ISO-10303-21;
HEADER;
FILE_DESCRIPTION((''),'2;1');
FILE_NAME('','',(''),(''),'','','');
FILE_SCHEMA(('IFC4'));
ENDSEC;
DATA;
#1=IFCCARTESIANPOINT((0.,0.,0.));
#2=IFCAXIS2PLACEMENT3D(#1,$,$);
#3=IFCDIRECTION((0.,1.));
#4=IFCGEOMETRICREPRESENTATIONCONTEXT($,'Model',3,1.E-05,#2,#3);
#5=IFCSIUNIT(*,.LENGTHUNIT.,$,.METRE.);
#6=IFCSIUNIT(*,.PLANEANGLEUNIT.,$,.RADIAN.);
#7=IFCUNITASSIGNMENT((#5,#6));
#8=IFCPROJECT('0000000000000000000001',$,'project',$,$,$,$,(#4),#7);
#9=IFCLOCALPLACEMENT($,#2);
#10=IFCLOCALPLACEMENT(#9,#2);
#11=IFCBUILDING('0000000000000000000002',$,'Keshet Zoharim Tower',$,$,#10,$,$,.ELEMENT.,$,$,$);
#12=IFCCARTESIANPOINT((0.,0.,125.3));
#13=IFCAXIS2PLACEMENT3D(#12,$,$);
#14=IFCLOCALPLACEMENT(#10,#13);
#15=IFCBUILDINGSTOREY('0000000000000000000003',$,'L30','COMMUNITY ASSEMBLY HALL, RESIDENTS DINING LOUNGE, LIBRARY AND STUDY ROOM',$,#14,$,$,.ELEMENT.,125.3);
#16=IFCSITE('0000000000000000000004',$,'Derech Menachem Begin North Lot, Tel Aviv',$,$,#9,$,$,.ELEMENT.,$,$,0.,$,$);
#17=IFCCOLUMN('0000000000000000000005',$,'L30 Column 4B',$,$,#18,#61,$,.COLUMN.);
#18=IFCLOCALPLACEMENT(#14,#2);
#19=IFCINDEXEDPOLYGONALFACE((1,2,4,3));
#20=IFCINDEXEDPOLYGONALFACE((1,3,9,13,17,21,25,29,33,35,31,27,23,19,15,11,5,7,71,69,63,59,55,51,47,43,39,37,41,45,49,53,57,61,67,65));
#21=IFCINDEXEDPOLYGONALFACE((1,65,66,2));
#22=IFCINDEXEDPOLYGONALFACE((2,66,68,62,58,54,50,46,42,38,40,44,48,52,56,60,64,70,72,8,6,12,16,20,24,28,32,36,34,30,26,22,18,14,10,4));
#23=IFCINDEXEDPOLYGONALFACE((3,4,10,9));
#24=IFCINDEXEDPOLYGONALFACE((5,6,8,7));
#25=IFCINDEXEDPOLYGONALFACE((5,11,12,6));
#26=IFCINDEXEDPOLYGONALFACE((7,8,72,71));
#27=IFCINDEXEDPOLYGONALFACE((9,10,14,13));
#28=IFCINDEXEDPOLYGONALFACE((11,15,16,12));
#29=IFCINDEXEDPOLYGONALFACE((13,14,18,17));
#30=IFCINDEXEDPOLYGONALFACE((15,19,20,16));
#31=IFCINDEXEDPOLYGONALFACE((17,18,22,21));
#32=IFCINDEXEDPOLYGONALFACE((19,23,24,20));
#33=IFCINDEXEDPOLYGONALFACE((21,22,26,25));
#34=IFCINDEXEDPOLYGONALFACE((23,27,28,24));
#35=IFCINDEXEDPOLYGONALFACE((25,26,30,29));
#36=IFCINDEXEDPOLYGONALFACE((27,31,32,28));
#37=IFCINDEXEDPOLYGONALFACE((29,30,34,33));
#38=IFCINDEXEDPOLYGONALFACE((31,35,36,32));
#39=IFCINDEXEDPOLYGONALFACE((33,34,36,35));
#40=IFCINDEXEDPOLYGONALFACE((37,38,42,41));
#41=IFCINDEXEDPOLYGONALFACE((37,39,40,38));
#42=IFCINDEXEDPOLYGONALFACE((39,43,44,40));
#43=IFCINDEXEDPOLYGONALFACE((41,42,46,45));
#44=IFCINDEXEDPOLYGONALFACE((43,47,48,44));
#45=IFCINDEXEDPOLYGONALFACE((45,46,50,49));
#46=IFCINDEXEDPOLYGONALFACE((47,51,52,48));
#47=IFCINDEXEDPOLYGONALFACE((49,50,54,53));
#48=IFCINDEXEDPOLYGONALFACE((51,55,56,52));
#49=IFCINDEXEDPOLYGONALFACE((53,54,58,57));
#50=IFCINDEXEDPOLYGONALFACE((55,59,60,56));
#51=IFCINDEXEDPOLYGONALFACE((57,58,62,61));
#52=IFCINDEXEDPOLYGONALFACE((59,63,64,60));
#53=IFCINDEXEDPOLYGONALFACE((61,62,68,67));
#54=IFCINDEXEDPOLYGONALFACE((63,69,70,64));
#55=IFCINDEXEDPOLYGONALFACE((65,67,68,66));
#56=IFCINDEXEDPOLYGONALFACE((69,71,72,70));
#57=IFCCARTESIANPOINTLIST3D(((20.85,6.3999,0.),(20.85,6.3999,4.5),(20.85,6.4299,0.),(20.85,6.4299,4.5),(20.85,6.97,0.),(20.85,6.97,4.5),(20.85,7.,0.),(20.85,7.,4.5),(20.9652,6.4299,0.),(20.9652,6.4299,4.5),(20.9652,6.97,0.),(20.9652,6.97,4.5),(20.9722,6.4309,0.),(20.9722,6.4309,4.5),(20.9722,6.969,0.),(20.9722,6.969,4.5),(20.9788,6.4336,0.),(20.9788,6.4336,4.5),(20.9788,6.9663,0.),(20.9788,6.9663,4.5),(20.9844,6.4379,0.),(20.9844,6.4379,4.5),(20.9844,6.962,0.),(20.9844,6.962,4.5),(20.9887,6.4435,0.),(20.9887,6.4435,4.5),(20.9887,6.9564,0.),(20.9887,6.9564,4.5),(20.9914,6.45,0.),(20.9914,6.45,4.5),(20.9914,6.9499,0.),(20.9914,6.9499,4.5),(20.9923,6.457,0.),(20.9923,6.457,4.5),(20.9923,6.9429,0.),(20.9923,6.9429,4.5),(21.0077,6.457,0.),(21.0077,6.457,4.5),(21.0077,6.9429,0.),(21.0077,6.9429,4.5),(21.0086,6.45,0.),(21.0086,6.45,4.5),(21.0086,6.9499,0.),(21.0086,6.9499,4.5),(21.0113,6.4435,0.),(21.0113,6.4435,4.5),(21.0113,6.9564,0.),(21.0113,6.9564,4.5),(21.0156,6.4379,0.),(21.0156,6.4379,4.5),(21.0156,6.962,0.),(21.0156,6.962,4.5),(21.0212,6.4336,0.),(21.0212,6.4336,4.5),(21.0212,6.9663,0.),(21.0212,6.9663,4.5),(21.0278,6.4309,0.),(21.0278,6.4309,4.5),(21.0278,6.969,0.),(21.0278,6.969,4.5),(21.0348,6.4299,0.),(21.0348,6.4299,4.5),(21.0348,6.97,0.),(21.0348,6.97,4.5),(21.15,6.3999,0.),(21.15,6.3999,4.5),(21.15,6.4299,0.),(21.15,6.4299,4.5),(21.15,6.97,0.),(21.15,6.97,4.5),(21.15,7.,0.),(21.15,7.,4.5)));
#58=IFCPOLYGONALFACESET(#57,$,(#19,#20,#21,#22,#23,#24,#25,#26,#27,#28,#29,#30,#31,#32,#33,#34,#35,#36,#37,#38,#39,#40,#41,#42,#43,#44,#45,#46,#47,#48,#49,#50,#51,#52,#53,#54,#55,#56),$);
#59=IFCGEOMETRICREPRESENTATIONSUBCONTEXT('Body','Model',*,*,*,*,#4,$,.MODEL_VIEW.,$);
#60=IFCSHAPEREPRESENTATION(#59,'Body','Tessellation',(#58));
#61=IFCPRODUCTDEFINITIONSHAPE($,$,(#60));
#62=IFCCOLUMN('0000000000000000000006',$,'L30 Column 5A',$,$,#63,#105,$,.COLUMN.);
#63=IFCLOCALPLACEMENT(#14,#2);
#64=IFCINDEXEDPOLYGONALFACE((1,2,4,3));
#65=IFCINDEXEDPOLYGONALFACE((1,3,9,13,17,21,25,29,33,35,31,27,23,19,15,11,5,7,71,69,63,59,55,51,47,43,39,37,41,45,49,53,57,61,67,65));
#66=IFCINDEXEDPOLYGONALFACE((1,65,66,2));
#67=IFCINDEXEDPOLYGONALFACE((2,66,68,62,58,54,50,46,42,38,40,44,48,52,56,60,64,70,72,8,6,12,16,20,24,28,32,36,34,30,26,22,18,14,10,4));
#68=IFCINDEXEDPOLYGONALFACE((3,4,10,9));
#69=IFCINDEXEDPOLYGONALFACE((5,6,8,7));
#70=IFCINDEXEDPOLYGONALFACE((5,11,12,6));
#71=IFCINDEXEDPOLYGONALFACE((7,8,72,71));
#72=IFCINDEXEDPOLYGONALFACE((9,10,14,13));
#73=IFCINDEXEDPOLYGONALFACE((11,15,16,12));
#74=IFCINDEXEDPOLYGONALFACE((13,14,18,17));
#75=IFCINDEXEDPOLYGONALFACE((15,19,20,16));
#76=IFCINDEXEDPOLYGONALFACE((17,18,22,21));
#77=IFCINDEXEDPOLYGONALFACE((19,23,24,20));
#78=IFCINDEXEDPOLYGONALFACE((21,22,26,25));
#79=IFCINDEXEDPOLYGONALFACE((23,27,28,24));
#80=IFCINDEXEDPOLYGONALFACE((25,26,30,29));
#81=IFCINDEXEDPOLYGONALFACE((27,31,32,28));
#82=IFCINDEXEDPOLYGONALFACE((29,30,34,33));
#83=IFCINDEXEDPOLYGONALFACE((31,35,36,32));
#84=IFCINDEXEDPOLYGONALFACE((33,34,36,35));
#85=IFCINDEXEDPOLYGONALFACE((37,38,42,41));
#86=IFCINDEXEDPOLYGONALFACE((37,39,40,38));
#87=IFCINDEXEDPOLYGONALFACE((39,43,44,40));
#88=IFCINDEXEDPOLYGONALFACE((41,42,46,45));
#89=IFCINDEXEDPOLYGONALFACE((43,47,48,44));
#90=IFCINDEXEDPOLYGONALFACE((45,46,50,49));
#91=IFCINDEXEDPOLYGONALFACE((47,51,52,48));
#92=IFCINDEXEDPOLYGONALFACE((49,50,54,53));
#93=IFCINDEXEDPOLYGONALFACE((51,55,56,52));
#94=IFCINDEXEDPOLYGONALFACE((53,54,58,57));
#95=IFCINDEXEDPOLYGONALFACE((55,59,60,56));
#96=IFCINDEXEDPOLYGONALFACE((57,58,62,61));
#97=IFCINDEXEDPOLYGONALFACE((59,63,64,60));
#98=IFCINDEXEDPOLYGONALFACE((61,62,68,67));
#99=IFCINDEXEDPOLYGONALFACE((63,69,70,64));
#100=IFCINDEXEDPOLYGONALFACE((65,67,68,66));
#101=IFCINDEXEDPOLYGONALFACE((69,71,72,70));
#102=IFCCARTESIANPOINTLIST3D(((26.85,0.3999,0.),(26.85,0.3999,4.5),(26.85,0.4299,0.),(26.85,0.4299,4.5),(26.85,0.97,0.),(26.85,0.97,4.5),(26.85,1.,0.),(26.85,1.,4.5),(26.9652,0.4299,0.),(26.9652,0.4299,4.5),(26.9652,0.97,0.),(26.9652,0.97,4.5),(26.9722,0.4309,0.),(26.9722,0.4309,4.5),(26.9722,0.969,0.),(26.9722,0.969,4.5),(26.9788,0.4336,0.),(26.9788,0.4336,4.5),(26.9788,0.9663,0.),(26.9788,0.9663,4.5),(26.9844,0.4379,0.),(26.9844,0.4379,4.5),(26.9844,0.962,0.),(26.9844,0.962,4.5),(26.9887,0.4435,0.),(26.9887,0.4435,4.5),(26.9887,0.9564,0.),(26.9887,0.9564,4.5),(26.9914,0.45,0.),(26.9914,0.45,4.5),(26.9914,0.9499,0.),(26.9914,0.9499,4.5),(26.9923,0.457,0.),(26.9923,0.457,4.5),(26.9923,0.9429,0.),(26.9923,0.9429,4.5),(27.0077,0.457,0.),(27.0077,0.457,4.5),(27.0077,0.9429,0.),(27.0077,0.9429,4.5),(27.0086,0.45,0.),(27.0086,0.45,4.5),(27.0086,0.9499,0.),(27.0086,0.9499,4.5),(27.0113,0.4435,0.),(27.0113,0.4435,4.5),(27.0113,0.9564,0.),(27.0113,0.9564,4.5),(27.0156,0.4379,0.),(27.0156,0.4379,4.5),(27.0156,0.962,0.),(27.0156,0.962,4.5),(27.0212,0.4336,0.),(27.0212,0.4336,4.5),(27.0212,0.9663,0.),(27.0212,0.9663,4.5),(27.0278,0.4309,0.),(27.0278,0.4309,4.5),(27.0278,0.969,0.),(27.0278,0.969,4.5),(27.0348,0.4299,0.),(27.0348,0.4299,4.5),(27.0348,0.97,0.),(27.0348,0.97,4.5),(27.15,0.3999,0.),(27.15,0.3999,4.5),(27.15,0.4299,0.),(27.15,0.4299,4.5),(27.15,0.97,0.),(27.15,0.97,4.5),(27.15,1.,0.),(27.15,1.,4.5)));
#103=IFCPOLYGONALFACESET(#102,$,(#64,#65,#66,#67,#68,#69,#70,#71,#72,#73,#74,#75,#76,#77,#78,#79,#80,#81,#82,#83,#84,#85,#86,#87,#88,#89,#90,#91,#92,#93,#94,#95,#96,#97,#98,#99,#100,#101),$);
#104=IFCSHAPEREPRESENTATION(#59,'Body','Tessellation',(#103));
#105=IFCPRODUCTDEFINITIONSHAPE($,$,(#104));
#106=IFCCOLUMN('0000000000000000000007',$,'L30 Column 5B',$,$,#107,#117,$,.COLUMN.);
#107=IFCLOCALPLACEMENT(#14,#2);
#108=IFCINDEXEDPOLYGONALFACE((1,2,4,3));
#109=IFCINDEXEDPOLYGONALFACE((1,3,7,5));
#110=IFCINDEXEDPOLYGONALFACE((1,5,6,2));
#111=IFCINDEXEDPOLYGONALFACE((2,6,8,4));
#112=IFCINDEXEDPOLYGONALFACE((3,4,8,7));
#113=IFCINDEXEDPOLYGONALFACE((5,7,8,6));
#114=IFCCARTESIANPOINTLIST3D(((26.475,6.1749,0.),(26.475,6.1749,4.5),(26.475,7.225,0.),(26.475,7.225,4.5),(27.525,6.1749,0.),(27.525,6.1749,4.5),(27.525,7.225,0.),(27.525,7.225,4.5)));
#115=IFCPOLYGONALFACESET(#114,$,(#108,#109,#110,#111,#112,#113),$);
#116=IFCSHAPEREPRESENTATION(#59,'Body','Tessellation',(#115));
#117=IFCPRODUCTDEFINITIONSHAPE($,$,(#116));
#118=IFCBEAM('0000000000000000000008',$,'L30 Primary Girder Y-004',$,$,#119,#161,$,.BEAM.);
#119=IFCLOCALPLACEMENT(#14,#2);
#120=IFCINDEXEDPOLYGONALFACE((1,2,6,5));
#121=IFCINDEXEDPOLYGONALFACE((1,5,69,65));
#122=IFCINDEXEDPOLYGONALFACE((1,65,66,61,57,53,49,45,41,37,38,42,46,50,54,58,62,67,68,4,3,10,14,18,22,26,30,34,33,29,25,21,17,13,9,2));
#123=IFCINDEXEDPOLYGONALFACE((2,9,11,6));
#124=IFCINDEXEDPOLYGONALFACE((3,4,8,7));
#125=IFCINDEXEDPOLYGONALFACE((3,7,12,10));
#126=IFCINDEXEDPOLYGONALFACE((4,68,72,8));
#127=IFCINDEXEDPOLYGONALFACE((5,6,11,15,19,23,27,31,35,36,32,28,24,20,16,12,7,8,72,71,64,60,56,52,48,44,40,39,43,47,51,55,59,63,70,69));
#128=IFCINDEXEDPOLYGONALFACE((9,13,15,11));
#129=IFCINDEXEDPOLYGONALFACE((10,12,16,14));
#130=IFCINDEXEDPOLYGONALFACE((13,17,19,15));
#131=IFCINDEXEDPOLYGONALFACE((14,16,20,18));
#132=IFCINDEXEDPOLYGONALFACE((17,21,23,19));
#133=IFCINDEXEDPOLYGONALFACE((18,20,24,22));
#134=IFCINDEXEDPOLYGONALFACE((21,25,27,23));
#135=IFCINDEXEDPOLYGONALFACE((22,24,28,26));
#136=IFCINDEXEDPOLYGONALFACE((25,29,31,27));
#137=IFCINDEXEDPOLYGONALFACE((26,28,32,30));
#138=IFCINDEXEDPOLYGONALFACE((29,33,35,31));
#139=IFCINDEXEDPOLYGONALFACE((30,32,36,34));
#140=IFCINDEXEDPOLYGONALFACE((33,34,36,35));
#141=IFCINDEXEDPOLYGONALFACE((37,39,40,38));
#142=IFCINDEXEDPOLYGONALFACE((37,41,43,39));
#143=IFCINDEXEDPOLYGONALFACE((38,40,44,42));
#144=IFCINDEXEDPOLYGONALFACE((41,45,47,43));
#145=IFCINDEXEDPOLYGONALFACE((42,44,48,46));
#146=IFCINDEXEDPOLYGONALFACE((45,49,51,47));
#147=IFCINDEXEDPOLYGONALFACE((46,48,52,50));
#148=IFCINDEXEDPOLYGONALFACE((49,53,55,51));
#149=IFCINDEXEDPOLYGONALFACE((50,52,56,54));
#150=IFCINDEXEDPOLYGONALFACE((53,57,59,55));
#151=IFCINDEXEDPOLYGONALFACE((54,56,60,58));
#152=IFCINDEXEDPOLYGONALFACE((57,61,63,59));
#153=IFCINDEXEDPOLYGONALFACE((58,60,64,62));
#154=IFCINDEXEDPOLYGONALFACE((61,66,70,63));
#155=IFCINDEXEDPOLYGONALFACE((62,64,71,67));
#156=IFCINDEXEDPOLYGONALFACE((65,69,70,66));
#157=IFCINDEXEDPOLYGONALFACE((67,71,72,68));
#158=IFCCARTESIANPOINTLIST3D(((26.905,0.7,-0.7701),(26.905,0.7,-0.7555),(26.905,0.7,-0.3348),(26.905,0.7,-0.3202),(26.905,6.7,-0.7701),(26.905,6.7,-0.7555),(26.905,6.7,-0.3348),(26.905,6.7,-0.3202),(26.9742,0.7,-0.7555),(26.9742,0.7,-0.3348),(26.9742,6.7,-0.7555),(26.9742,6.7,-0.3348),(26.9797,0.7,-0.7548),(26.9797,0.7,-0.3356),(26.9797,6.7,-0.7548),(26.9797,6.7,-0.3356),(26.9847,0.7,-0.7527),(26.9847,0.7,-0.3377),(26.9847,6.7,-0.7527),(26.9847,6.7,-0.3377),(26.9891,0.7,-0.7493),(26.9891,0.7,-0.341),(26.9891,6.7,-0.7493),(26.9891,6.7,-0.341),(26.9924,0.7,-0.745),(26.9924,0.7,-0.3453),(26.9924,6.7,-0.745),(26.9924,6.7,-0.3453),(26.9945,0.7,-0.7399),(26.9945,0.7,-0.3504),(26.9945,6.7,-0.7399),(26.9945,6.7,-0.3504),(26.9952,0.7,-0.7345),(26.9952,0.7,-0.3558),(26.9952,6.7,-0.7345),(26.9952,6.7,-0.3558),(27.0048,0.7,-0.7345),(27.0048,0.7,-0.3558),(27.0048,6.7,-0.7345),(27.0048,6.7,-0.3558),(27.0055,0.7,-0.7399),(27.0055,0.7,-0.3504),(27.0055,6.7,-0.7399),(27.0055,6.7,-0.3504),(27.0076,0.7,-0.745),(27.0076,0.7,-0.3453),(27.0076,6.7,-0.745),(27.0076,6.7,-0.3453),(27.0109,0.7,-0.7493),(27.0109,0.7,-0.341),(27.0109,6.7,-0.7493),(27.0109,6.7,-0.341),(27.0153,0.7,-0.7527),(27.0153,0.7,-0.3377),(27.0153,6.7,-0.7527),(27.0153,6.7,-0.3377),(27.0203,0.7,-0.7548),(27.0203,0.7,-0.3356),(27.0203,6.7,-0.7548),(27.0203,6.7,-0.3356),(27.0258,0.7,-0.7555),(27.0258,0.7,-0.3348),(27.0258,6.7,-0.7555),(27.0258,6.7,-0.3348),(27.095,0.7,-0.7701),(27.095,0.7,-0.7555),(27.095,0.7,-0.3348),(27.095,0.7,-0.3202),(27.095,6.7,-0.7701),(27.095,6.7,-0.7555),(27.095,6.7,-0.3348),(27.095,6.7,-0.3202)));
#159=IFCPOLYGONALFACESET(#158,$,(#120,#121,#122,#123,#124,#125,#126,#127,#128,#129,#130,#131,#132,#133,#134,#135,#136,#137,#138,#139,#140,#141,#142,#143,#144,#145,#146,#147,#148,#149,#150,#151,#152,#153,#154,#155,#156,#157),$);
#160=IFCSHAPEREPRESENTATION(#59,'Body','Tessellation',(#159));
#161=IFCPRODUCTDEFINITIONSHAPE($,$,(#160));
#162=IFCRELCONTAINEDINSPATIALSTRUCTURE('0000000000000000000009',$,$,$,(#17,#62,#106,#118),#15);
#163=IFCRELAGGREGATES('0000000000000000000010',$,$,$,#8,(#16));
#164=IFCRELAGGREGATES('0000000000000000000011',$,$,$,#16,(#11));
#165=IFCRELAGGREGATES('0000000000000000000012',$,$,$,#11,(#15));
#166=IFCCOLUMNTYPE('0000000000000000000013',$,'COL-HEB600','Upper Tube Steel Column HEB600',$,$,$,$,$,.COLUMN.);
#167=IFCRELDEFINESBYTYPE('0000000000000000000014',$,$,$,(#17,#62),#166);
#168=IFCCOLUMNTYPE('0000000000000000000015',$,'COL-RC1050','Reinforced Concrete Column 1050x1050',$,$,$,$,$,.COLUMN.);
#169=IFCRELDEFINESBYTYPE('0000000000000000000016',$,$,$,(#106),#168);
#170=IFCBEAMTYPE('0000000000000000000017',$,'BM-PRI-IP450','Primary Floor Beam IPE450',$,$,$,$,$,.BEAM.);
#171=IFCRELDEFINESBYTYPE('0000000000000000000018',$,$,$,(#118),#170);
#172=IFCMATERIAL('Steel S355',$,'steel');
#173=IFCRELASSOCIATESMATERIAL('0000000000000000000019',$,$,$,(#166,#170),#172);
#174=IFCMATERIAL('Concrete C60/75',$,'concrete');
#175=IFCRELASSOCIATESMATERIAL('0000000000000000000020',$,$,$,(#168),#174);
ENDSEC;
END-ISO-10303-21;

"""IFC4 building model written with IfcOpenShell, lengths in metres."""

from ifc_helpers import new_model, si_unit, direction, frame, origin, origin_2d, place, context, subcontext, project, spatial, rectangle, i_section, extrude, material, material_profile, profile_set, type_object, element, save


model = new_model("IFC4")

# Units and contexts
model_context = context("Model", 3, precision=1e-05, world=origin(), true_north=direction((0.0, 1.0)))
body_context = subcontext(model_context, "Body", "Model", "MODEL_VIEW")
ifc_project = project(units=[si_unit("LENGTHUNIT", "METRE"), si_unit("PLANEANGLEUNIT", "RADIAN")], contexts=[model_context])

# Site, building, storey
site_placement = place(None, origin())
site = spatial("IfcSite", under=ifc_project, at=site_placement, Name="Derech Menachem Begin North Lot, Tel Aviv", CompositionType="ELEMENT", RefElevation=0.0)
building_placement = place(site_placement, origin())
building = spatial("IfcBuilding", under=site, at=building_placement, Name="Keshet Zoharim Tower", CompositionType="ELEMENT")
storey_placement = place(building_placement, frame((0.0, 0.0, 125.3)))
storey = spatial("IfcBuildingStorey", under=building, at=storey_placement, Name="L30", Description="COMMUNITY ASSEMBLY HALL, RESIDENTS DINING LOUNGE, LIBRARY AND STUDY ROOM", CompositionType="ELEMENT", Elevation=125.3)

# Columns
ifc_material_1 = material(Name="Steel S355", Category="steel")
ifc_material_profile_1 = material_profile(ifc_material_1, i_section(OverallWidth=0.3, OverallDepth=0.6001, WebThickness=0.0154, FlangeThickness=0.03, FilletRadius=0.0271, at=origin_2d()), Name="HEB600")
ifc_profile_set_1 = profile_set([ifc_material_profile_1], Name="Steel S355")
column_type_1 = type_object("IfcColumnType", Name="COL-HEB600", Description="Upper Tube Steel Column HEB600", PredefinedType="COLUMN", material=ifc_profile_set_1)
for number, where, z_axis, x_axis, name in (
    (1, (21.0, 6.7, 0.0), (0.0, 0.0, 1.0), (1.0, 0.0, 0.0), "L30 Column 4B"),
    (2, (27.0, 0.7, 0.0), (0.0, 0.0, 1.0), (1.0, 0.0, 0.0), "L30 Column 5A"),
):
    element("IfcColumn", number, at=place(storey_placement, frame(where, z_axis=z_axis, x_axis=x_axis)), inside=storey, type_object=column_type_1, Name=name, PredefinedType="COLUMN", context=body_context, shape_type="SweptSolid", body=[
        extrude(i_section(OverallWidth=0.3, OverallDepth=0.6001, WebThickness=0.0154, FlangeThickness=0.03, FilletRadius=0.0271, at=origin_2d()), origin(), (0.0, 0.0, 1.0), 4.5),
    ])
ifc_material_2 = material(Name="Concrete C60/75", Category="concrete")
ifc_material_profile_2 = material_profile(ifc_material_2, rectangle(XDim=1.05, YDim=1.05, at=origin_2d()), Name="RC1050x1050")
ifc_profile_set_2 = profile_set([ifc_material_profile_2], Name="Concrete C60/75")
column_type_2 = type_object("IfcColumnType", Name="COL-RC1050", Description="Reinforced Concrete Column 1050x1050", PredefinedType="COLUMN", material=ifc_profile_set_2)
column_placement = place(storey_placement, frame((27.0, 6.7, 0.0), z_axis=(0.0, 0.0, 1.0), x_axis=(1.0, 0.0, 0.0)))
element("IfcColumn", 3, at=column_placement, inside=storey, type_object=column_type_2, Name="L30 Column 5B", PredefinedType="COLUMN", context=body_context, shape_type="SweptSolid", body=[
    extrude(rectangle(XDim=1.05, YDim=1.05, at=origin_2d()), origin(), (0.0, 0.0, 1.0), 4.5),
])

# Beam
ifc_material_profile_3 = material_profile(ifc_material_1, i_section(OverallWidth=0.1899, OverallDepth=0.45, WebThickness=0.0095, FlangeThickness=0.0146, FilletRadius=0.021, at=origin_2d()), Name="IPE450")
ifc_profile_set_3 = profile_set([ifc_material_profile_3], Name="Steel S355")
beam_type_1 = type_object("IfcBeamType", Name="BM-PRI-IP450", Description="Primary Floor Beam IPE450", PredefinedType="BEAM", material=ifc_profile_set_3)
beam_1_placement = place(storey_placement, frame((27.0, 0.7, -0.5452), z_axis=(0.0, 1.0, 0.0), x_axis=(-1.0, 0.0, 0.0)))
element("IfcBeam", 4, at=beam_1_placement, inside=storey, type_object=beam_type_1, Name="L30 Primary Girder Y-004", PredefinedType="BEAM", context=body_context, shape_type="SweptSolid", body=[
    extrude(i_section(OverallWidth=0.1899, OverallDepth=0.45, WebThickness=0.0095, FlangeThickness=0.0146, FilletRadius=0.021, at=origin_2d()), origin(), (0.0, 0.0, 1.0), 6.0),
])

save(model, "model.ifc")
